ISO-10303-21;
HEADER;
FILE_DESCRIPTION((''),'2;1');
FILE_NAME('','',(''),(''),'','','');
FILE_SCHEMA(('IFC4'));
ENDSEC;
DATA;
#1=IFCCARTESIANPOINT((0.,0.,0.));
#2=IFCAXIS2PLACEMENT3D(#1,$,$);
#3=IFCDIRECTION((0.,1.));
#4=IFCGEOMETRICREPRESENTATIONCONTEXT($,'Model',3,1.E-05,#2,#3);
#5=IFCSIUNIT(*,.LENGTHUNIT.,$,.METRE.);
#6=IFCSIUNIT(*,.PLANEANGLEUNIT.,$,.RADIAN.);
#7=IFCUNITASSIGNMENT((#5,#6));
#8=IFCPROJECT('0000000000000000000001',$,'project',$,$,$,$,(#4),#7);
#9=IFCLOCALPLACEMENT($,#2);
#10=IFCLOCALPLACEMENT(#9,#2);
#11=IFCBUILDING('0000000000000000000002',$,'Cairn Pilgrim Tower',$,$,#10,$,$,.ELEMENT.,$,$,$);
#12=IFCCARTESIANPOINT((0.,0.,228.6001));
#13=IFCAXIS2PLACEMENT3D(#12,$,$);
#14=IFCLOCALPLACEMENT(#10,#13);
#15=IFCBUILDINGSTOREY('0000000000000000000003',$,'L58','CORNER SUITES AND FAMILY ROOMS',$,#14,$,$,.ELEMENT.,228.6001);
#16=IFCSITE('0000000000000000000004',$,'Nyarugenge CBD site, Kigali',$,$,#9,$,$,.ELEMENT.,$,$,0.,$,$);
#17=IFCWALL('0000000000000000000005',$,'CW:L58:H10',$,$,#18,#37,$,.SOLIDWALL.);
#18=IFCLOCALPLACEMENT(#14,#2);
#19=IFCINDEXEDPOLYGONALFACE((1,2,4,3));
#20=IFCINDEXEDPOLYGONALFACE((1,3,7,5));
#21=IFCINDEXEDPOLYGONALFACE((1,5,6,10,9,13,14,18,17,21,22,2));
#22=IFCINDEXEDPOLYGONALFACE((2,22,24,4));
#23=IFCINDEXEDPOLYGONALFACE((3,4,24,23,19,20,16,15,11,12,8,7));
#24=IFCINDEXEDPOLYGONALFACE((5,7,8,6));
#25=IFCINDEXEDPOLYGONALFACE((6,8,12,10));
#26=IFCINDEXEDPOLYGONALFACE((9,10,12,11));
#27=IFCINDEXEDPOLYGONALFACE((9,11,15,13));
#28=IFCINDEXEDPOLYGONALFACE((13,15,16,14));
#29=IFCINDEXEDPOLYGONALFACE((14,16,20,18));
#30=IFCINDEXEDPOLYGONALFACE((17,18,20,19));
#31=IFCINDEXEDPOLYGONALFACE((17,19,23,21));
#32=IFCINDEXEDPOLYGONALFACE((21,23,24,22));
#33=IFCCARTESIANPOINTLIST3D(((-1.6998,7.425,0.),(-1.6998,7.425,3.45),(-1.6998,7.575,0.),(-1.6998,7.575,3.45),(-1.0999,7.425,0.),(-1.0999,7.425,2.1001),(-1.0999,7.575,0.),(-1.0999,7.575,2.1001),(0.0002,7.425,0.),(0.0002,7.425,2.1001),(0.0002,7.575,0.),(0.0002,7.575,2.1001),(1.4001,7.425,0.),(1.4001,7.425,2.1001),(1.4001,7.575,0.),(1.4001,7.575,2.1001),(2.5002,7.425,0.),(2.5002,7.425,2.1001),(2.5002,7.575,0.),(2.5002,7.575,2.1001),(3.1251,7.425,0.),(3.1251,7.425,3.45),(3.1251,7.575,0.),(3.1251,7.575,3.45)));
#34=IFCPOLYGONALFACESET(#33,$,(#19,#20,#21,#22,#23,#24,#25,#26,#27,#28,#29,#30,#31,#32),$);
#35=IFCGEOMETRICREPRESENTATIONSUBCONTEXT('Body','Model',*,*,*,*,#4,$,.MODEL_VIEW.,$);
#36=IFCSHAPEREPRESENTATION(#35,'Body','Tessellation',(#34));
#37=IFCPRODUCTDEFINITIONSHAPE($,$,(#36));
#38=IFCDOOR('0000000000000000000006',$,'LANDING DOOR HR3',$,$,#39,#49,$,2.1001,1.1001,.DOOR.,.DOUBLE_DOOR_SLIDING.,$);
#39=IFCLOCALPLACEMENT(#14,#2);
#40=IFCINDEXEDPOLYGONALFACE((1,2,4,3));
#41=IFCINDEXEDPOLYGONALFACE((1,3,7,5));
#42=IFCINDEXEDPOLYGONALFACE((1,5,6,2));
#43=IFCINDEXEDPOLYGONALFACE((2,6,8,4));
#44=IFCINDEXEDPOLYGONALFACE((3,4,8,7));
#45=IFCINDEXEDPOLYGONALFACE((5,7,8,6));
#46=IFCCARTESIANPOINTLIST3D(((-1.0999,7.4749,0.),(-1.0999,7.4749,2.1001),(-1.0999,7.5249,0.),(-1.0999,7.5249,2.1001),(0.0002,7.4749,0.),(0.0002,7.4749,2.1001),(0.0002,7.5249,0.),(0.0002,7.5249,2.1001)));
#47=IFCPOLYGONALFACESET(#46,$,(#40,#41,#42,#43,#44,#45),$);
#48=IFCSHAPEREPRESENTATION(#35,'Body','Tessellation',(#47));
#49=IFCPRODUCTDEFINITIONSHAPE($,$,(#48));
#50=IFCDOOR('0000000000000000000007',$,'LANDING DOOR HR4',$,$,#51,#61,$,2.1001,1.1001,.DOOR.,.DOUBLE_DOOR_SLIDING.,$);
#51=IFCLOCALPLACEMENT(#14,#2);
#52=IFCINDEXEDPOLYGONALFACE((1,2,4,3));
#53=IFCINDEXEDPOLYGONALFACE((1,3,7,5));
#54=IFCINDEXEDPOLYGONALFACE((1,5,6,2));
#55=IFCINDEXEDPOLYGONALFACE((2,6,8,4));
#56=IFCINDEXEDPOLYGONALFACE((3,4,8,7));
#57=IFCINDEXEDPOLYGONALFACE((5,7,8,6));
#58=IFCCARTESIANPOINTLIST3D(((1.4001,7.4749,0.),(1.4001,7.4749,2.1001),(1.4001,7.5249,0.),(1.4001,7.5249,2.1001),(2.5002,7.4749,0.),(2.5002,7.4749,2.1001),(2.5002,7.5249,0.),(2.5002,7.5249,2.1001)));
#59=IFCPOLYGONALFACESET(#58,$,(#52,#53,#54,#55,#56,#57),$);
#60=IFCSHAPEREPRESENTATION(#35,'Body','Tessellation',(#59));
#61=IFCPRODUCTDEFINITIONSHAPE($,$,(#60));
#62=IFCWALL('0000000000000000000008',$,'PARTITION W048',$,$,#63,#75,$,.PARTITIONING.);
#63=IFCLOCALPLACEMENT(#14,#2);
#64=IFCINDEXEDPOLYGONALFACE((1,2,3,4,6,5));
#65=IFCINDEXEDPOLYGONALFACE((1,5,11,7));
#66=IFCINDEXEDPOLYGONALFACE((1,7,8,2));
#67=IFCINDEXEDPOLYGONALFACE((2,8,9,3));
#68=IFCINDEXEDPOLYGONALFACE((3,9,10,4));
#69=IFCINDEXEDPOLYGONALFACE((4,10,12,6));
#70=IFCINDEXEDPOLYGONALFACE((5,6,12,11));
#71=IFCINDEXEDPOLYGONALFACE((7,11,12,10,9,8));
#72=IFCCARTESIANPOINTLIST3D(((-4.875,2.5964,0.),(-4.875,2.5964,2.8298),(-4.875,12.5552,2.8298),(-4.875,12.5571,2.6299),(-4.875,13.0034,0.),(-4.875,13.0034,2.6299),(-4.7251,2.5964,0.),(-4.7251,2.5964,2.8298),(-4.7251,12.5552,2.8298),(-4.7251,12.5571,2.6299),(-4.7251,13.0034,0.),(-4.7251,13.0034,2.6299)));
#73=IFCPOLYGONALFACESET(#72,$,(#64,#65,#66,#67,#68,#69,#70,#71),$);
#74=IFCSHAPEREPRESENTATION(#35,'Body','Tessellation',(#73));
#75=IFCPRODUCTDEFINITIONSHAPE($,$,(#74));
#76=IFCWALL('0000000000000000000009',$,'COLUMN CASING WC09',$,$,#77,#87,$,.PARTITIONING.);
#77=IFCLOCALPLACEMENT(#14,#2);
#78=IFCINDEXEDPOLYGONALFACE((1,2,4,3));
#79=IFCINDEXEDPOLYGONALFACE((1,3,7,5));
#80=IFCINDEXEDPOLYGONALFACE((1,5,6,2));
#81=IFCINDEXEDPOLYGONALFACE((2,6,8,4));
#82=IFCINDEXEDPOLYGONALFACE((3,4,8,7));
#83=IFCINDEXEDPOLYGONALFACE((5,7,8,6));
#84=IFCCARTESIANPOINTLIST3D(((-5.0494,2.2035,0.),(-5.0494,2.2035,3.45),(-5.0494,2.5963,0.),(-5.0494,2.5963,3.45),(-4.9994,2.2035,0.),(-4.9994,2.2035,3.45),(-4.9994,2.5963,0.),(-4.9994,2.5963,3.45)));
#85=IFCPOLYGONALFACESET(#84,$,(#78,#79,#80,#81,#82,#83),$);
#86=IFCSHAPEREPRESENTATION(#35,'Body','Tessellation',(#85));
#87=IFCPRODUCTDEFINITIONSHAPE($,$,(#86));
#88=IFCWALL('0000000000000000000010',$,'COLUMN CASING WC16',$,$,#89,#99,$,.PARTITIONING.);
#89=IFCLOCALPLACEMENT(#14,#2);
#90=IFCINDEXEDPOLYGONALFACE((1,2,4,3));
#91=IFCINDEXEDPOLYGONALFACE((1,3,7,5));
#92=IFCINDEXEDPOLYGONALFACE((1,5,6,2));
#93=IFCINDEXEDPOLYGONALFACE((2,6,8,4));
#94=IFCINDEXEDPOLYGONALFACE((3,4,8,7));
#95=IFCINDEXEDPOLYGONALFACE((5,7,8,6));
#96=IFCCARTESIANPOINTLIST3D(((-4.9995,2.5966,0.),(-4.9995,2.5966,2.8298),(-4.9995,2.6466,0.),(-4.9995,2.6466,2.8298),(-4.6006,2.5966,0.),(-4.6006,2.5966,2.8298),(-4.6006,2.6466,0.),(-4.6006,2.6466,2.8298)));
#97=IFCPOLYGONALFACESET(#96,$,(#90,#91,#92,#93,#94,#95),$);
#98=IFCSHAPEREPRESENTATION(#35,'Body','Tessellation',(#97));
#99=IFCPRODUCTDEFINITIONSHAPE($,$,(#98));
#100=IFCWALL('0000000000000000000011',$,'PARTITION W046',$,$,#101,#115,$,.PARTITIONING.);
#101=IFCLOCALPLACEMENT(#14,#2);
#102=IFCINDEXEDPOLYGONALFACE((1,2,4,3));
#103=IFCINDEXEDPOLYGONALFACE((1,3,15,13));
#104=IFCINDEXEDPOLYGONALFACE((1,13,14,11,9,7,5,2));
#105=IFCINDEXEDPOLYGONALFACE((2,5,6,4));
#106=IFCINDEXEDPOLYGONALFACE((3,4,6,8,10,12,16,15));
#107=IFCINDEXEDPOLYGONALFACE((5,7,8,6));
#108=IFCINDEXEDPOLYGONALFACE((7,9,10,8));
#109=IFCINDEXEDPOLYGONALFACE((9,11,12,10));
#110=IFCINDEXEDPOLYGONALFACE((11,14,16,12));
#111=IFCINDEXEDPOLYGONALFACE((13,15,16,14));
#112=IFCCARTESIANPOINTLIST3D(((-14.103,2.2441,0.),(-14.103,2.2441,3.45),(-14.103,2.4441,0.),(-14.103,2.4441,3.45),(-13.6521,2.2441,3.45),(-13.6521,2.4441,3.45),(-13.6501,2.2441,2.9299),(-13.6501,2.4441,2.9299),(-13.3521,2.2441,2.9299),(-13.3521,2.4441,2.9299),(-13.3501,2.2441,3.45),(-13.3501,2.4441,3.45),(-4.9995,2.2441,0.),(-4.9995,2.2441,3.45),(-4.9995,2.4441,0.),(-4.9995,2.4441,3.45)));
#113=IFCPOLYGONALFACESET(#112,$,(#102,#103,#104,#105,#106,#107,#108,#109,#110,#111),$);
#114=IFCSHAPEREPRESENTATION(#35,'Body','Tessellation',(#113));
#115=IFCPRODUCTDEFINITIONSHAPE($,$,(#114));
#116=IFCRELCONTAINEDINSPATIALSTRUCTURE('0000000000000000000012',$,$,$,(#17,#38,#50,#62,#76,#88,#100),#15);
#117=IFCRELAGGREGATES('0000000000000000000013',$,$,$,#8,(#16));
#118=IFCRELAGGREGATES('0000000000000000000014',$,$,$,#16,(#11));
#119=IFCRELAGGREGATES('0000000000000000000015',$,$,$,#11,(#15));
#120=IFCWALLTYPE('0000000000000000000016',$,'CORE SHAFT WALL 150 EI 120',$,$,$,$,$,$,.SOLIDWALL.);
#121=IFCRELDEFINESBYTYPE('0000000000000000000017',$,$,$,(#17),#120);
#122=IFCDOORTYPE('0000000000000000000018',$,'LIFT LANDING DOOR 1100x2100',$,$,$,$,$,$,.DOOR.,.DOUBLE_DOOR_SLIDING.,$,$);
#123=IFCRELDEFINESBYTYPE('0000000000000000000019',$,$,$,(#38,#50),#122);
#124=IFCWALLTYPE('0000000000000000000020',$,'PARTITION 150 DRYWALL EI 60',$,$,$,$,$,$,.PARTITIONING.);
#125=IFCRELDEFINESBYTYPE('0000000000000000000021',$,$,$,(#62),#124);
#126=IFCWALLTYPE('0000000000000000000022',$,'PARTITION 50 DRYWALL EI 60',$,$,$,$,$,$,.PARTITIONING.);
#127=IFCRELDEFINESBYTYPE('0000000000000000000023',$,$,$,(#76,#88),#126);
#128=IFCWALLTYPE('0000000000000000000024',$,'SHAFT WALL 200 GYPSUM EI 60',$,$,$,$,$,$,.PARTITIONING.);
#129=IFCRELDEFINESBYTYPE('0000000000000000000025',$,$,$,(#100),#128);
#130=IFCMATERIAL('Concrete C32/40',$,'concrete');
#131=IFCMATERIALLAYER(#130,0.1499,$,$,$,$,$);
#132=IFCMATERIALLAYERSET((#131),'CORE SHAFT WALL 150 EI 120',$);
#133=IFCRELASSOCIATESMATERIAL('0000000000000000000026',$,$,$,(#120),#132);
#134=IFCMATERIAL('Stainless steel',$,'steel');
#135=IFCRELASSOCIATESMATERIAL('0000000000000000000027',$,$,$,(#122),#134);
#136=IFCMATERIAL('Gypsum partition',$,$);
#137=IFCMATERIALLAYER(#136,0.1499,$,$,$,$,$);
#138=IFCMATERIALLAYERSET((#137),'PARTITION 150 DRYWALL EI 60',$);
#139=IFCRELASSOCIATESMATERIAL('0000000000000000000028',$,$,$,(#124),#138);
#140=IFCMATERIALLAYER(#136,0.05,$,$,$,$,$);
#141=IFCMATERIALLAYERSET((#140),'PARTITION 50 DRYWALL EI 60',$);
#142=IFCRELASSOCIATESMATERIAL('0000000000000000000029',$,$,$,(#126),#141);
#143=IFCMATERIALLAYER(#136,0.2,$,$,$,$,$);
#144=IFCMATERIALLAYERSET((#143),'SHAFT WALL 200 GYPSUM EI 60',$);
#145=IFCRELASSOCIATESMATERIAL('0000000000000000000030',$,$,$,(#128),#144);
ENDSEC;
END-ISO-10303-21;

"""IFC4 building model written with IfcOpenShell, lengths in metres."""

from ifc_helpers import new_model, si_unit, direction, frame, frame_2d, origin, place, context, subcontext, project, spatial, polyline, rectangle, outline, extrude, material, layer, layer_set, type_object, element, fill, save


model = new_model("IFC4")

# Units and contexts
model_context = context("Model", 3, precision=1e-05, world=origin(), true_north=direction((0.0, 1.0)))
body_context = subcontext(model_context, "Body", "Model", "MODEL_VIEW")
ifc_project = project(units=[si_unit("LENGTHUNIT", "METRE"), si_unit("PLANEANGLEUNIT", "RADIAN")], contexts=[model_context])

# Site, building, storey
site_placement = place(None, origin())
site = spatial("IfcSite", under=ifc_project, at=site_placement, Name="Nyarugenge CBD site, Kigali", CompositionType="ELEMENT", RefElevation=0.0)
building_placement = place(site_placement, origin())
building = spatial("IfcBuilding", under=site, at=building_placement, Name="Cairn Pilgrim Tower", CompositionType="ELEMENT")
storey_placement = place(building_placement, frame((0.0, 0.0, 228.6001)))
storey = spatial("IfcBuildingStorey", under=building, at=storey_placement, Name="L58", Description="CORNER SUITES AND FAMILY ROOMS", CompositionType="ELEMENT", Elevation=228.6001)

# Shared definitions
ifc_material_1 = material(Name="Concrete C32/40", Category="concrete")
ifc_layer_1 = layer(ifc_material_1, 0.1499)
ifc_layer_set_1 = layer_set([ifc_layer_1], Name="CORE SHAFT WALL 150 EI 120")
wall_type_1 = type_object("IfcWallType", Name="CORE SHAFT WALL 150 EI 120", PredefinedType="SOLIDWALL", material=ifc_layer_set_1)

# Wall, openings, doors
ifc_material_2 = material(Name="Stainless steel", Category="steel")
door_type = type_object("IfcDoorType", Name="LIFT LANDING DOOR 1100x2100", OperationType="DOUBLE_DOOR_SLIDING", PredefinedType="DOOR", material=ifc_material_2)
wall_1_placement = place(storey_placement, frame((-1.7, 7.5, 0.0), z_axis=(0.0, 0.0, 1.0), x_axis=(1.0, 0.0, 0.0)))
wall_1 = element("IfcWall", 1, at=wall_1_placement, inside=storey, type_object=wall_type_1, Name="CW:L58:H10", PredefinedType="SOLIDWALL", context=body_context, shape_type="SweptSolid", body=[
    extrude(rectangle(XDim=4.825, YDim=0.1499, at=frame_2d((2.4126, 0.0))), origin(), (0.0, 0.0, 1.0), 3.45),
])
opening_1_placement = place(wall_1_placement, frame((0.6001, 0.0, 0.0)))
opening_1 = element("IfcOpeningElement", 2, at=opening_1_placement, cuts=wall_1, PredefinedType="OPENING", context=body_context, shape_type="SweptSolid", body=[
    extrude(rectangle(XDim=1.1001, YDim=2.1001, at=frame_2d((0.55, 1.05))), frame((0.0, 0.085, 0.0), z_axis=(0.0, -1.0, 0.0), x_axis=(1.0, 0.0, 0.0)), (0.0, 0.0, 1.0), 0.1699),
])
opening_2_placement = place(wall_1_placement, frame((3.1001, 0.0, 0.0)))
opening_2 = element("IfcOpeningElement", 3, at=opening_2_placement, cuts=wall_1, PredefinedType="OPENING", context=body_context, shape_type="SweptSolid", body=[
    extrude(rectangle(XDim=1.1001, YDim=2.1001, at=frame_2d((0.55, 1.05))), frame((0.0, 0.085, 0.0), z_axis=(0.0, -1.0, 0.0), x_axis=(1.0, 0.0, 0.0)), (0.0, 0.0, 1.0), 0.1699),
])
door_1_placement = place(opening_1_placement, origin())
door_1 = element("IfcDoor", 4, at=door_1_placement, inside=storey, type_object=door_type, Name="LANDING DOOR HR3", OperationType="DOUBLE_DOOR_SLIDING", OverallHeight=2.1001, OverallWidth=1.1001, PredefinedType="DOOR", context=body_context, shape_type="SweptSolid", body=[
    extrude(rectangle(XDim=1.1001, YDim=2.1001, at=frame_2d((0.55, 1.05))), frame((0.0, 0.0249, 0.0), z_axis=(0.0, -1.0, 0.0), x_axis=(1.0, 0.0, 0.0)), (0.0, 0.0, 1.0), 0.05),
])
fill(opening_1, door_1)
door_2_placement = place(opening_2_placement, origin())
door_2 = element("IfcDoor", 5, at=door_2_placement, inside=storey, type_object=door_type, Name="LANDING DOOR HR4", OperationType="DOUBLE_DOOR_SLIDING", OverallHeight=2.1001, OverallWidth=1.1001, PredefinedType="DOOR", context=body_context, shape_type="SweptSolid", body=[
    extrude(rectangle(XDim=1.1001, YDim=2.1001, at=frame_2d((0.55, 1.05))), frame((0.0, 0.0249, 0.0), z_axis=(0.0, -1.0, 0.0), x_axis=(1.0, 0.0, 0.0)), (0.0, 0.0, 1.0), 0.05),
])
fill(opening_2, door_2)

# Walls
ifc_material_3 = material(Name="Gypsum partition")
ifc_layer_2 = layer(ifc_material_3, 0.1499)
ifc_layer_set_2 = layer_set([ifc_layer_2], Name="PARTITION 150 DRYWALL EI 60")
wall_type_2 = type_object("IfcWallType", Name="PARTITION 150 DRYWALL EI 60", PredefinedType="PARTITIONING", material=ifc_layer_set_2)
wall_2_placement = place(storey_placement, frame((-4.8, 2.5964, 0.0), z_axis=(0.0, 0.0, 1.0), x_axis=(0.0, 1.0, 0.0)))
element("IfcWall", 6, at=wall_2_placement, inside=storey, type_object=wall_type_2, Name="PARTITION W048", PredefinedType="PARTITIONING", context=body_context, shape_type="SweptSolid", body=[
    extrude(outline(polyline([(0.0, 0.0), (10.407, 0.0), (10.407, 2.6299), (9.9607, 2.6299), (9.9587, 2.8298), (0.0, 2.8298), (0.0, 0.0)])), frame((0.0, 0.075, 0.0), z_axis=(0.0, -1.0, 0.0), x_axis=(1.0, 0.0, 0.0)), (0.0, 0.0, 1.0), 0.1499),
])
ifc_layer_3 = layer(ifc_material_3, 0.05)
ifc_layer_set_3 = layer_set([ifc_layer_3], Name="PARTITION 50 DRYWALL EI 60")
wall_type_3 = type_object("IfcWallType", Name="PARTITION 50 DRYWALL EI 60", PredefinedType="PARTITIONING", material=ifc_layer_set_3)
wall_3_placement = place(storey_placement, frame((-5.0244, 2.2036, 0.0), z_axis=(0.0, 0.0, 1.0), x_axis=(0.0, 1.0, 0.0)))
element("IfcWall", 7, at=wall_3_placement, inside=storey, type_object=wall_type_3, Name="COLUMN CASING WC09", PredefinedType="PARTITIONING", context=body_context, shape_type="SweptSolid", body=[
    extrude(rectangle(XDim=0.3928, YDim=0.05, at=frame_2d((0.1963, 0.0))), origin(), (0.0, 0.0, 1.0), 3.45),
])
wall_4_placement = place(storey_placement, frame((-4.9995, 2.6216, 0.0), z_axis=(0.0, 0.0, 1.0), x_axis=(1.0, 0.0, 0.0)))
element("IfcWall", 8, at=wall_4_placement, inside=storey, type_object=wall_type_3, Name="COLUMN CASING WC16", PredefinedType="PARTITIONING", context=body_context, shape_type="SweptSolid", body=[
    extrude(rectangle(XDim=0.3989, YDim=0.05, at=frame_2d((0.1995, 0.0))), origin(), (0.0, 0.0, 1.0), 2.8298),
])
ifc_layer_4 = layer(ifc_material_3, 0.2)
ifc_layer_set_4 = layer_set([ifc_layer_4], Name="SHAFT WALL 200 GYPSUM EI 60")
wall_type_4 = type_object("IfcWallType", Name="SHAFT WALL 200 GYPSUM EI 60", PredefinedType="PARTITIONING", material=ifc_layer_set_4)
wall_5_placement = place(storey_placement, frame((-14.103, 2.344, 0.0), z_axis=(0.0, 0.0, 1.0), x_axis=(1.0, 0.0, 0.0)))
element("IfcWall", 9, at=wall_5_placement, inside=storey, type_object=wall_type_4, Name="PARTITION W046", PredefinedType="PARTITIONING", context=body_context, shape_type="SweptSolid", body=[
    extrude(outline(polyline([(0.0, 0.0), (9.1035, 0.0), (9.1035, 3.45), (0.7529, 3.45), (0.751, 2.9299), (0.4529, 2.9299), (0.4509, 3.45), (0.0, 3.45), (0.0, 0.0)])), frame((0.0, 0.1001, 0.0), z_axis=(0.0, -1.0, 0.0), x_axis=(1.0, 0.0, 0.0)), (0.0, 0.0, 1.0), 0.2),
])

save(model, "model.ifc")
